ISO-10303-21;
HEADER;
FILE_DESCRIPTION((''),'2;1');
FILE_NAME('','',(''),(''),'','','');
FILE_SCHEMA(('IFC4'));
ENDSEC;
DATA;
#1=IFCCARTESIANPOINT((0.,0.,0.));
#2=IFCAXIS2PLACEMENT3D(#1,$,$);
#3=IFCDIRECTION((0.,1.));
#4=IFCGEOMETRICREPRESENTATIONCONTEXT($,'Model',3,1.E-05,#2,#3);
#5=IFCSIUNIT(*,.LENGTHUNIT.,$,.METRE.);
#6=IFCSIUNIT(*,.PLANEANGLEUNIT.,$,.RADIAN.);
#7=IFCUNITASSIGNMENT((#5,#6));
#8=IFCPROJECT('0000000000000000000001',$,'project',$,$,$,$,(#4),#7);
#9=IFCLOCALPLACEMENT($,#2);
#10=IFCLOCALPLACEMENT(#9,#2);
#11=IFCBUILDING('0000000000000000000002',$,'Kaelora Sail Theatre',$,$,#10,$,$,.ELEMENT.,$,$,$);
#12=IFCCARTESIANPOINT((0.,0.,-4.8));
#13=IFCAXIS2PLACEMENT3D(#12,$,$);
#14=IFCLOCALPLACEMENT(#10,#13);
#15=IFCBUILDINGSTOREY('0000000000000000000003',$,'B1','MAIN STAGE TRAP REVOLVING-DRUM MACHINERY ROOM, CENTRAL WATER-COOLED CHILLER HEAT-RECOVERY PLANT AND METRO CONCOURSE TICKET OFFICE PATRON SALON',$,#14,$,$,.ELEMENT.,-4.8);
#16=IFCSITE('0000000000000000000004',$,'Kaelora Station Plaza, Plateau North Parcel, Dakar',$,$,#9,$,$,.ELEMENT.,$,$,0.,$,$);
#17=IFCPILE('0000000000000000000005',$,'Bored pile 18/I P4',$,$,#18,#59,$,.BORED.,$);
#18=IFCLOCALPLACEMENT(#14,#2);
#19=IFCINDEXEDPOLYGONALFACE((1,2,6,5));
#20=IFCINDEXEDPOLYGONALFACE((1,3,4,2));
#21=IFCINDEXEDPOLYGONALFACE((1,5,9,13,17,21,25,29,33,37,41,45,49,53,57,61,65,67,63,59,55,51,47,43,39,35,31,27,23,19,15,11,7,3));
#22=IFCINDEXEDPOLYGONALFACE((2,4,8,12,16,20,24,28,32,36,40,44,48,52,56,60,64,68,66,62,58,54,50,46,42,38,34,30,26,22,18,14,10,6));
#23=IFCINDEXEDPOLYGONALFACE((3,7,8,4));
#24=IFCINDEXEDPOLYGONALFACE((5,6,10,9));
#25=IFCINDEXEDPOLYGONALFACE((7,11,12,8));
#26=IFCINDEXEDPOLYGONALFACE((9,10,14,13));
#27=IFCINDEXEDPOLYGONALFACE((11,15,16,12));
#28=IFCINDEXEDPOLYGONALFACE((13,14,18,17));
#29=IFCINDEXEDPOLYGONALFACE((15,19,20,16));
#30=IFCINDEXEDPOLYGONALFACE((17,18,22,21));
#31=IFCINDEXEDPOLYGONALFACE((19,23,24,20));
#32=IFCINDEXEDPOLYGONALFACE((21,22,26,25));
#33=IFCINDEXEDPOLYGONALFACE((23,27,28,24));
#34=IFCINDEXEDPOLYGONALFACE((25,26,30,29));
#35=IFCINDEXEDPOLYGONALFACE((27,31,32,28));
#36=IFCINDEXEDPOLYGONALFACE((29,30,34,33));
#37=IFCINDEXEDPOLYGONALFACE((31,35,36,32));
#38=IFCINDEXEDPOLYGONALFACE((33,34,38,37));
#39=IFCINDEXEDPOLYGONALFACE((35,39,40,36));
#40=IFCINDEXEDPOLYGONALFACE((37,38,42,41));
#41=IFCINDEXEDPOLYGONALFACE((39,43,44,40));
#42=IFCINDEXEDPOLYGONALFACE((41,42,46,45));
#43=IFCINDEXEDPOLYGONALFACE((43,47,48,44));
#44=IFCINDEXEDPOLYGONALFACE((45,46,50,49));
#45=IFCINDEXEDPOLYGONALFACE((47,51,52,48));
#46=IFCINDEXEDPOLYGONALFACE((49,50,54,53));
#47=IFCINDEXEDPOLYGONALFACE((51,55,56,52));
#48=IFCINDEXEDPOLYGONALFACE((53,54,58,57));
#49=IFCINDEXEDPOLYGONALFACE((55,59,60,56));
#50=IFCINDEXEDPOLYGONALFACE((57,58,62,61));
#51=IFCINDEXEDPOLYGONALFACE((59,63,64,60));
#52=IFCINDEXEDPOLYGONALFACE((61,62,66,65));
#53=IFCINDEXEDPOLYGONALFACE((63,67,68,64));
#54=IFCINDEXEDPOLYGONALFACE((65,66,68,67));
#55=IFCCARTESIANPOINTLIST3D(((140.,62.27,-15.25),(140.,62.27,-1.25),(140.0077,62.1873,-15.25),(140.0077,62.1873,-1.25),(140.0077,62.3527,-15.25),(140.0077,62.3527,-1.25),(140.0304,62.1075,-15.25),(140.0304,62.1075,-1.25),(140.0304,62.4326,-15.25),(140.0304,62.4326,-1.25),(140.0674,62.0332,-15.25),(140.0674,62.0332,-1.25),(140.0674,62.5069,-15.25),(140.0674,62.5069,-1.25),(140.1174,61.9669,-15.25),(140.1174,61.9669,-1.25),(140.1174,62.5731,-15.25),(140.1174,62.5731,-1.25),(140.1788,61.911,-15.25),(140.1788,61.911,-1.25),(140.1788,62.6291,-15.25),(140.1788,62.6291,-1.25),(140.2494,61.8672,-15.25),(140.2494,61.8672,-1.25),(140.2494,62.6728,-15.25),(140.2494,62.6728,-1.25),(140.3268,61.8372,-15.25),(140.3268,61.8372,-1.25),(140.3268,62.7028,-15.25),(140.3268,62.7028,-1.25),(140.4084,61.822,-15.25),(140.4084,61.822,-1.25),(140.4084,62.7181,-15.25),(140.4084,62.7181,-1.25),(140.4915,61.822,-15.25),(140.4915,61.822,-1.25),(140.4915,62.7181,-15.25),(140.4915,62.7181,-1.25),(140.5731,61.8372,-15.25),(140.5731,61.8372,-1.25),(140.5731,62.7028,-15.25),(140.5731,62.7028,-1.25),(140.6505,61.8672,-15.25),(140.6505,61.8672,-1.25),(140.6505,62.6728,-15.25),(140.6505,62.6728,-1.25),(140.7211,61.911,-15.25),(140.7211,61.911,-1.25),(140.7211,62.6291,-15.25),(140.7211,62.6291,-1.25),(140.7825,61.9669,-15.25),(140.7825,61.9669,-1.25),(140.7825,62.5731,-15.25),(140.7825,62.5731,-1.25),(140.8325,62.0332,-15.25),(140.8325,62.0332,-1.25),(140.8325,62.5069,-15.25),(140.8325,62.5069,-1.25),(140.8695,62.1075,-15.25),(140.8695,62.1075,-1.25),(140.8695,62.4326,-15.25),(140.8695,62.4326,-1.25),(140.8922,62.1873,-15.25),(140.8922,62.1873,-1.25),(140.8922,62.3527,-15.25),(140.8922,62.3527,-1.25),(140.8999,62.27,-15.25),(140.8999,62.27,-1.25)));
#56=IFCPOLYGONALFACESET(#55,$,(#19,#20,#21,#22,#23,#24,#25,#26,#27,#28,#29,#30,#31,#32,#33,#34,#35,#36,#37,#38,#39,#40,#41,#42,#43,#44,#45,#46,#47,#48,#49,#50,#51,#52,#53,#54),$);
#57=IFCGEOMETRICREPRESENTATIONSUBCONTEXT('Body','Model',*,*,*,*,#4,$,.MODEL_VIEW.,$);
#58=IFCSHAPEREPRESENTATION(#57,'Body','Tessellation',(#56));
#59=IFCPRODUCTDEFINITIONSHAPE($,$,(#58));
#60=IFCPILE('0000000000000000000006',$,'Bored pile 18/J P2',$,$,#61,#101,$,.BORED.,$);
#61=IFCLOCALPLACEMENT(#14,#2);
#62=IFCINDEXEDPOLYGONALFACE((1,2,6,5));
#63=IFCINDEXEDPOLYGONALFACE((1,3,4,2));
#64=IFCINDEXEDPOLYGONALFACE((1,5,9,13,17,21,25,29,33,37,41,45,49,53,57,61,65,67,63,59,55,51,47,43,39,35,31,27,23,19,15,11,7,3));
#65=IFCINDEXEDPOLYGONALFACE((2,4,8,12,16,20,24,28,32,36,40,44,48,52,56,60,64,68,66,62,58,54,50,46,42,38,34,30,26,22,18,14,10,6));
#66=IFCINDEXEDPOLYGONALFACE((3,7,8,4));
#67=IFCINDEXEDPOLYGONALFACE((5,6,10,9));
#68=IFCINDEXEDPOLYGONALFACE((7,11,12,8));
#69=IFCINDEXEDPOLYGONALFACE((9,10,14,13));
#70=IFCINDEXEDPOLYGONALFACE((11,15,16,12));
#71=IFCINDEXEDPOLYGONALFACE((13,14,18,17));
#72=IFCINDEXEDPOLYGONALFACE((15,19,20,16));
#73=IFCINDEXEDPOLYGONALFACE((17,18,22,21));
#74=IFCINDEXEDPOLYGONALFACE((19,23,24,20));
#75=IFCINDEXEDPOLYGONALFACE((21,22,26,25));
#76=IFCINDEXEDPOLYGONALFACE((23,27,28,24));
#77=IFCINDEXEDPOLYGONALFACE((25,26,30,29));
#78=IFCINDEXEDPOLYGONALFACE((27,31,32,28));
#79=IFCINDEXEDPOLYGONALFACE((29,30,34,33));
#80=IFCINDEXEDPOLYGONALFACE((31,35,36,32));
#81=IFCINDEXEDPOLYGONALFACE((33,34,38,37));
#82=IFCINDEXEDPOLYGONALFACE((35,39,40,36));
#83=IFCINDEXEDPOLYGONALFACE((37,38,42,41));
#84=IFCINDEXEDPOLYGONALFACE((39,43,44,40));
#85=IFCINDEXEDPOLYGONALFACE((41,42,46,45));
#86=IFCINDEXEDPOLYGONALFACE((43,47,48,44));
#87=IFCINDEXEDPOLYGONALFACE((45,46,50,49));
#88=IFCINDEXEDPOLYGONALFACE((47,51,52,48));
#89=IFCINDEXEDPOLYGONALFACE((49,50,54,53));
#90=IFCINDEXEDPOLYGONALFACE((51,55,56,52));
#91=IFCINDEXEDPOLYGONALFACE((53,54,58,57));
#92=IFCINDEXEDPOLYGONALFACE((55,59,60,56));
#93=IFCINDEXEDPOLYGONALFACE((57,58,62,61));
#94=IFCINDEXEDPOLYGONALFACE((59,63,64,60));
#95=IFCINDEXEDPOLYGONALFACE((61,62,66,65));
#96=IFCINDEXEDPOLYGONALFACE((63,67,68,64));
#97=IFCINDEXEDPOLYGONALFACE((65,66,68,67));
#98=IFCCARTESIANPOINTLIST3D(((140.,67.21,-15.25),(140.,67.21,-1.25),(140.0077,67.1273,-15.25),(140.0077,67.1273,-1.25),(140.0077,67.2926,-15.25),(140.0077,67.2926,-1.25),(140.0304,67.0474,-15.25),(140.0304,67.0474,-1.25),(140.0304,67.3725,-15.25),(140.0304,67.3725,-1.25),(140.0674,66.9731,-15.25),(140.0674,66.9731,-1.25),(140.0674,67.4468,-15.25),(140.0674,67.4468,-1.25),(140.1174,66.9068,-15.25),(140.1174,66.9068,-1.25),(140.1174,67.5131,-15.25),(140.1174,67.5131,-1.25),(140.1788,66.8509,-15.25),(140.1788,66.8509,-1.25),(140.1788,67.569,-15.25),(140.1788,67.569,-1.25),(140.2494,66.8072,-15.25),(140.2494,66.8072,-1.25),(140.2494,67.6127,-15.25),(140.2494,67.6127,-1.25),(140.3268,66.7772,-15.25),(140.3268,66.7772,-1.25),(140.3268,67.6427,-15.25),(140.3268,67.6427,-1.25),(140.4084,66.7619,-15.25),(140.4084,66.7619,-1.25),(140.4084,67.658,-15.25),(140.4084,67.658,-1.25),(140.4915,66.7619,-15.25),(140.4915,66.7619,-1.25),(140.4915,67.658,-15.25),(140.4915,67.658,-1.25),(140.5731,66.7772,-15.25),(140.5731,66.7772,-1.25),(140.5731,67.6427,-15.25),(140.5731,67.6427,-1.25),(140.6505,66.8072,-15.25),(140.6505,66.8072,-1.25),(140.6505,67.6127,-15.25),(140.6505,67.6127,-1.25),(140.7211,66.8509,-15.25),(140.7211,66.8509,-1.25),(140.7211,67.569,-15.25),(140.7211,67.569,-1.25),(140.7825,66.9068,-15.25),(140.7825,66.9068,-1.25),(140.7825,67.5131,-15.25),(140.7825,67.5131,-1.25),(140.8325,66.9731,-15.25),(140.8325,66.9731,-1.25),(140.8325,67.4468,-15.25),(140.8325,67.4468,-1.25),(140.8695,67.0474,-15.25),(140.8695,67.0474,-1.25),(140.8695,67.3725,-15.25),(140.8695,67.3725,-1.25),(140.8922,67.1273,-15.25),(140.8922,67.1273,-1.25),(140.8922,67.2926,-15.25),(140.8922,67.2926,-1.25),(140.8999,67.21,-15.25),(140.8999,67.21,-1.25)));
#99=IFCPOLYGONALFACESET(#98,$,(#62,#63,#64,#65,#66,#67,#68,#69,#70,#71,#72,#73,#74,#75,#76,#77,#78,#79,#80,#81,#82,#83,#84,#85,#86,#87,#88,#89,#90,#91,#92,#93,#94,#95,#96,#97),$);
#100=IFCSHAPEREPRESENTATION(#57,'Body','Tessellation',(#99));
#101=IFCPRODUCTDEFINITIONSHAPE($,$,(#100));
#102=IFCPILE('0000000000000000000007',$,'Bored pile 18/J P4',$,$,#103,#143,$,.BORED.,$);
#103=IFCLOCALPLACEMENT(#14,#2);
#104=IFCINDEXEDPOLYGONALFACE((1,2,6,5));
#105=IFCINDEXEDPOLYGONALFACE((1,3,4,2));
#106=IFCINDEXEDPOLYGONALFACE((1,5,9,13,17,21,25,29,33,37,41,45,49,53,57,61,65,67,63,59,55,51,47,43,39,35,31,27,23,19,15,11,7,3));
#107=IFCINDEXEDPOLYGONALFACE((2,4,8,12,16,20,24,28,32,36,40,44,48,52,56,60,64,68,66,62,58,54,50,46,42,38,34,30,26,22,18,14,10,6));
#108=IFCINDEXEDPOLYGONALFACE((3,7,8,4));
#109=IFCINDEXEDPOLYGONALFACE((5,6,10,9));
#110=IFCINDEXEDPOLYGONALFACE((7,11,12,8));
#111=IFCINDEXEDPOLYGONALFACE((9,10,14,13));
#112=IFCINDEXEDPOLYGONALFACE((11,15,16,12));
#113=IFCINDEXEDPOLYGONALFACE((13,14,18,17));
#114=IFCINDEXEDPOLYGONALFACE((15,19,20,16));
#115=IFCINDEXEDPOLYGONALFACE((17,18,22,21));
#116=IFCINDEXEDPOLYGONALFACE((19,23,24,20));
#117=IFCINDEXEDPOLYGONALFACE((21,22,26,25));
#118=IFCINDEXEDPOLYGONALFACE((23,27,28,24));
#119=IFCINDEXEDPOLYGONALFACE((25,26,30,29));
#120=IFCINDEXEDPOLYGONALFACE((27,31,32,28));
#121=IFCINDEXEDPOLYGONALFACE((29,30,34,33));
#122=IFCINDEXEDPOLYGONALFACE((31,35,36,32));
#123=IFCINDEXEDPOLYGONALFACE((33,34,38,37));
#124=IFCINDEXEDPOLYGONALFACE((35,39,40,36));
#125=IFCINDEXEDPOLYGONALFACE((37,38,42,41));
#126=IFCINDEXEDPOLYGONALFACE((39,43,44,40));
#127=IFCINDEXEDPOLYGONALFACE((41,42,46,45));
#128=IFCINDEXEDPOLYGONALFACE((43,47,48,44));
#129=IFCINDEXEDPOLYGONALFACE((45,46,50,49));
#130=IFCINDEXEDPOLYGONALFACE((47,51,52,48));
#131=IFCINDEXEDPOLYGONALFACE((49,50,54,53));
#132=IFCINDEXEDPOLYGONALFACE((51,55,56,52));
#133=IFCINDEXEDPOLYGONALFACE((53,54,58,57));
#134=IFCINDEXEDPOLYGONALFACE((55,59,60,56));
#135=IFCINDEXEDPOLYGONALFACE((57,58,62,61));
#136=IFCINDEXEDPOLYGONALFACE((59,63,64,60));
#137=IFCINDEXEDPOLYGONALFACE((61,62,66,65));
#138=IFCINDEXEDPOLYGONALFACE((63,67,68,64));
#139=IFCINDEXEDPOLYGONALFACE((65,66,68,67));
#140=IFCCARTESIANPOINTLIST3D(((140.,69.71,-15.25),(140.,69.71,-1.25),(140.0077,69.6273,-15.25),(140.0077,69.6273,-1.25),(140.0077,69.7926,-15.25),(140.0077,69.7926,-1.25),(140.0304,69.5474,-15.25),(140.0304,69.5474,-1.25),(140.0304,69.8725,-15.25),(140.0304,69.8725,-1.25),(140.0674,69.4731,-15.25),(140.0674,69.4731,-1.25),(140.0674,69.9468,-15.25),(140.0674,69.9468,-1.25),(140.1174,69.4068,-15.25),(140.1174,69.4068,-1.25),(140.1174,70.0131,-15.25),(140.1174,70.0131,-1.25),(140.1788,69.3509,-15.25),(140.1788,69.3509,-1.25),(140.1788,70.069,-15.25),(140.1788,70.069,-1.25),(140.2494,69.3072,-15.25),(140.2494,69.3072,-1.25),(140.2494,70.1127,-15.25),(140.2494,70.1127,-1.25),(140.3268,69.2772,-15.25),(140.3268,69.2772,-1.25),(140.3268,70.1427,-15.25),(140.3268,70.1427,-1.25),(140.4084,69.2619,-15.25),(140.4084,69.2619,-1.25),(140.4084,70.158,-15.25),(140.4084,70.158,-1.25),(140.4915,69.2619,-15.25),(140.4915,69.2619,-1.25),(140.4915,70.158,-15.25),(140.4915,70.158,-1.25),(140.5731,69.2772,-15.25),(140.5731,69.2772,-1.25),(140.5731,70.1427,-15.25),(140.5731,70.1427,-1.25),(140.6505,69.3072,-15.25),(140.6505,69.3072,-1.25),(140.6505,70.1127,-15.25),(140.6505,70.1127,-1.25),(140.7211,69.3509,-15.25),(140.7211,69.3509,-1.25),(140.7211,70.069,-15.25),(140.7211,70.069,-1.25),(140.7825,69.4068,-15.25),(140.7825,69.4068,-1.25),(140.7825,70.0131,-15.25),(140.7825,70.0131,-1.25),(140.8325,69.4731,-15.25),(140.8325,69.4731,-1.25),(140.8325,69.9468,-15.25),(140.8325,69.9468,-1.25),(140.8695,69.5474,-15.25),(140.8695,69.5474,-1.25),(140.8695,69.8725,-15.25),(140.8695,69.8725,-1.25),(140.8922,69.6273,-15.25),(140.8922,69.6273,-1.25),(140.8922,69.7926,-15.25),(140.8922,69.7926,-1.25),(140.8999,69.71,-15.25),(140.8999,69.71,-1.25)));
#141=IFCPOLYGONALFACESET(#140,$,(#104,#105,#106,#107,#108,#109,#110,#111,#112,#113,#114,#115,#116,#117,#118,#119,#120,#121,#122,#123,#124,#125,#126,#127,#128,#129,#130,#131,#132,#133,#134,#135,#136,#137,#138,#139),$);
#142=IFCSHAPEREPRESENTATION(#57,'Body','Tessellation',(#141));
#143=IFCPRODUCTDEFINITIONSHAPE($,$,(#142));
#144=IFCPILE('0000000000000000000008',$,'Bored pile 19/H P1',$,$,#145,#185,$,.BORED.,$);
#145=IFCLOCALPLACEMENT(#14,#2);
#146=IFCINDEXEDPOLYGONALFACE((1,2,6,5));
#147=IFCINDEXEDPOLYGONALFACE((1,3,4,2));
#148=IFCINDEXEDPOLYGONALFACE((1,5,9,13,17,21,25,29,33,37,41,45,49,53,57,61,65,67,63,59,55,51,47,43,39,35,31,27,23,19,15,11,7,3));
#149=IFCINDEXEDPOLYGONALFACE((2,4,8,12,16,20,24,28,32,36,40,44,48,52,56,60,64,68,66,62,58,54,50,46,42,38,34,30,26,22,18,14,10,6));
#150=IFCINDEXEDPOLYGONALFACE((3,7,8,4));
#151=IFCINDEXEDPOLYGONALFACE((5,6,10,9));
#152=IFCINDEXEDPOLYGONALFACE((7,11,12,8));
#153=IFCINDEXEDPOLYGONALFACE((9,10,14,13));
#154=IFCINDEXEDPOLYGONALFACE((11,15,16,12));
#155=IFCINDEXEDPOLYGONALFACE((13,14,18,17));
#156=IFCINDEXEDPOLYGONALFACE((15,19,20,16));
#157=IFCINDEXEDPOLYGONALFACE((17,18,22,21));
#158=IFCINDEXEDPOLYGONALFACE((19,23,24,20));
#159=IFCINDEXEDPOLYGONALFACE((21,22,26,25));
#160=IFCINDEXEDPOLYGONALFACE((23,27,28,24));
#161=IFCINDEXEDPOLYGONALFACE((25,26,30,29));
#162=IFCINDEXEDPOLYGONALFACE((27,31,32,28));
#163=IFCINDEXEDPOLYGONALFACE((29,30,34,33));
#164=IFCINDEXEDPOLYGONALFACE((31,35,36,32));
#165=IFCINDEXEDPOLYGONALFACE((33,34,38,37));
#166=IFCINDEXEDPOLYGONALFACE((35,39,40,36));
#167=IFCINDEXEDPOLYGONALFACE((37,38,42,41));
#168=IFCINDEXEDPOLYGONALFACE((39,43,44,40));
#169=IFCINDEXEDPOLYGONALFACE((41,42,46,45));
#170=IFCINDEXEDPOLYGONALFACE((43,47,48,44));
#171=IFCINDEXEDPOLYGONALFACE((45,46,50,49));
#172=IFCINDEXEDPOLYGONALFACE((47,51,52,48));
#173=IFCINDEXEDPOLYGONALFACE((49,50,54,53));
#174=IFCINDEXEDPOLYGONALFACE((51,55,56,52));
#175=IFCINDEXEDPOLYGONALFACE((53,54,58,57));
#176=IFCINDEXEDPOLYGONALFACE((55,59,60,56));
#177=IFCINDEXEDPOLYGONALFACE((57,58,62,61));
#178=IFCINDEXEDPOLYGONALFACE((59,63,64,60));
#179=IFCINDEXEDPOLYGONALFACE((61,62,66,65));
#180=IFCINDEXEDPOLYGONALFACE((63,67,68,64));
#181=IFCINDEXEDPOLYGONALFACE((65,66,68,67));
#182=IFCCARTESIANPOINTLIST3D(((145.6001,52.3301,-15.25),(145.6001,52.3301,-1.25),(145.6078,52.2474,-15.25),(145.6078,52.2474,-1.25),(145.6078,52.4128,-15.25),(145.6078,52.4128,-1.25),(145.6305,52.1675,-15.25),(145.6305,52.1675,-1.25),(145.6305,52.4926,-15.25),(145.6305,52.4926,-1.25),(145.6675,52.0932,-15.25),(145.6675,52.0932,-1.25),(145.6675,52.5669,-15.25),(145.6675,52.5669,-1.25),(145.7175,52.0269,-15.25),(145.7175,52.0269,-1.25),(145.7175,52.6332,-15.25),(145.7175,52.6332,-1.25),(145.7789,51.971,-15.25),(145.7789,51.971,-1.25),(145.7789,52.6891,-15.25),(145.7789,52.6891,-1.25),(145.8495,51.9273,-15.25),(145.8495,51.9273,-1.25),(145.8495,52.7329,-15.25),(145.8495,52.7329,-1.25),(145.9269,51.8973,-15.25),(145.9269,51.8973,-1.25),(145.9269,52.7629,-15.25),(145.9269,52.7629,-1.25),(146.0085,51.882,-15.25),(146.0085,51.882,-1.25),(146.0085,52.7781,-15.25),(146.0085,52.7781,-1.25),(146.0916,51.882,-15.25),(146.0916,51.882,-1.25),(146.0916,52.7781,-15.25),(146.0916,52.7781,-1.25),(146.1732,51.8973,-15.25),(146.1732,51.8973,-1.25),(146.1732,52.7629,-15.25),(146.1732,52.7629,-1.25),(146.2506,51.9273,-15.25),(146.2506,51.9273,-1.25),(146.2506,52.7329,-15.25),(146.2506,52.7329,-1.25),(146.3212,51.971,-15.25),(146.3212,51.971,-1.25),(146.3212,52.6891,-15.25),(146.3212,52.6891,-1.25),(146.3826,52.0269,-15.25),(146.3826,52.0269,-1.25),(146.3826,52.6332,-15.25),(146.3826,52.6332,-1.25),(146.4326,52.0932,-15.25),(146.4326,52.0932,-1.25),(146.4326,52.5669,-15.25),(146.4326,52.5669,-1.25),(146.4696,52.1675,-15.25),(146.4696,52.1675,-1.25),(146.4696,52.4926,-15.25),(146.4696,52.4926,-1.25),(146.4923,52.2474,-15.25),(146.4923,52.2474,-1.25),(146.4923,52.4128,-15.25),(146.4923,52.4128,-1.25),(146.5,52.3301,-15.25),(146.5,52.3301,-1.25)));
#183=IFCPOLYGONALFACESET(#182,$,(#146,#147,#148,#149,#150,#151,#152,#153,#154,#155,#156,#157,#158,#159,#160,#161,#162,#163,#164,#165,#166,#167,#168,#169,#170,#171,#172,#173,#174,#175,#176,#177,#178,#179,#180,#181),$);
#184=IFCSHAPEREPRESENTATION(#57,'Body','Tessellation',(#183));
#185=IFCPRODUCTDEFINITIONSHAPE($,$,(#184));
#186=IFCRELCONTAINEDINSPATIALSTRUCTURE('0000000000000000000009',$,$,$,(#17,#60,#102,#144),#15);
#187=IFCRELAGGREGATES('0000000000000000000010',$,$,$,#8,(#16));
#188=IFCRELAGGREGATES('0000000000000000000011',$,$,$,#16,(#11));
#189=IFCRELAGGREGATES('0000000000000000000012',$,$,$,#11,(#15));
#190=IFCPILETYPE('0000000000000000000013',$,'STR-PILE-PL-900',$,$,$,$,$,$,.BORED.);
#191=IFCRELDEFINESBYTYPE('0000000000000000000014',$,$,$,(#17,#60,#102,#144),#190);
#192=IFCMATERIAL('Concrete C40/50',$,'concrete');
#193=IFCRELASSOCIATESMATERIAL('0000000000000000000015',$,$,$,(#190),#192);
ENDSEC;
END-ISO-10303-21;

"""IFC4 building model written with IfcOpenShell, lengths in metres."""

from ifc_helpers import new_model, si_unit, direction, frame, origin, origin_2d, place, context, subcontext, project, spatial, circle, extrude, material, material_profile, profile_set, type_object, element, save


model = new_model("IFC4")

# Units and contexts
model_context = context("Model", 3, precision=1e-05, world=origin(), true_north=direction((0.0, 1.0)))
body_context = subcontext(model_context, "Body", "Model", "MODEL_VIEW")
ifc_project = project(units=[si_unit("LENGTHUNIT", "METRE"), si_unit("PLANEANGLEUNIT", "RADIAN")], contexts=[model_context])

# Site, building, storey
site_placement = place(None, origin())
site = spatial("IfcSite", under=ifc_project, at=site_placement, Name="Kaelora Station Plaza, Plateau North Parcel, Dakar", CompositionType="ELEMENT", RefElevation=0.0)
building_placement = place(site_placement, origin())
building = spatial("IfcBuilding", under=site, at=building_placement, Name="Kaelora Sail Theatre", CompositionType="ELEMENT")
storey_placement = place(building_placement, frame((0.0, 0.0, -4.8)))
storey = spatial("IfcBuildingStorey", under=building, at=storey_placement, Name="B1", Description="MAIN STAGE TRAP REVOLVING-DRUM MACHINERY ROOM, CENTRAL WATER-COOLED CHILLER HEAT-RECOVERY PLANT AND METRO CONCOURSE TICKET OFFICE PATRON SALON", CompositionType="ELEMENT", Elevation=-4.8)

# Piles
ifc_material_1 = material(Name="Concrete C40/50", Category="concrete")
ifc_material_profile_1 = material_profile(ifc_material_1, circle(Radius=0.45, at=origin_2d()), Name="PILE D900")
ifc_profile_set_1 = profile_set([ifc_material_profile_1], Name="Concrete C40/50")
pile_type = type_object("IfcPileType", Name="STR-PILE-PL-900", PredefinedType="BORED", material=ifc_profile_set_1)
for number, where, z_axis, x_axis, name in (
    (1, (140.45, 62.27, -1.25), (0.0, 0.0, -1.0), (1.0, 0.0, 0.0), "Bored pile 18/I P4"),
    (2, (140.45, 67.21, -1.25), (0.0, 0.0, -1.0), (1.0, 0.0, 0.0), "Bored pile 18/J P2"),
    (3, (140.45, 69.71, -1.25), (0.0, 0.0, -1.0), (1.0, 0.0, 0.0), "Bored pile 18/J P4"),
    (4, (146.05, 52.3301, -1.25), (0.0, 0.0, -1.0), (1.0, 0.0, 0.0), "Bored pile 19/H P1"),
):
    element("IfcPile", number, at=place(storey_placement, frame(where, z_axis=z_axis, x_axis=x_axis)), inside=storey, type_object=pile_type, Name=name, PredefinedType="BORED", context=body_context, shape_type="SweptSolid", body=[
        extrude(circle(Radius=0.45, at=origin_2d()), origin(), (0.0, 0.0, 1.0), 14.0),
    ])

save(model, "model.ifc")
